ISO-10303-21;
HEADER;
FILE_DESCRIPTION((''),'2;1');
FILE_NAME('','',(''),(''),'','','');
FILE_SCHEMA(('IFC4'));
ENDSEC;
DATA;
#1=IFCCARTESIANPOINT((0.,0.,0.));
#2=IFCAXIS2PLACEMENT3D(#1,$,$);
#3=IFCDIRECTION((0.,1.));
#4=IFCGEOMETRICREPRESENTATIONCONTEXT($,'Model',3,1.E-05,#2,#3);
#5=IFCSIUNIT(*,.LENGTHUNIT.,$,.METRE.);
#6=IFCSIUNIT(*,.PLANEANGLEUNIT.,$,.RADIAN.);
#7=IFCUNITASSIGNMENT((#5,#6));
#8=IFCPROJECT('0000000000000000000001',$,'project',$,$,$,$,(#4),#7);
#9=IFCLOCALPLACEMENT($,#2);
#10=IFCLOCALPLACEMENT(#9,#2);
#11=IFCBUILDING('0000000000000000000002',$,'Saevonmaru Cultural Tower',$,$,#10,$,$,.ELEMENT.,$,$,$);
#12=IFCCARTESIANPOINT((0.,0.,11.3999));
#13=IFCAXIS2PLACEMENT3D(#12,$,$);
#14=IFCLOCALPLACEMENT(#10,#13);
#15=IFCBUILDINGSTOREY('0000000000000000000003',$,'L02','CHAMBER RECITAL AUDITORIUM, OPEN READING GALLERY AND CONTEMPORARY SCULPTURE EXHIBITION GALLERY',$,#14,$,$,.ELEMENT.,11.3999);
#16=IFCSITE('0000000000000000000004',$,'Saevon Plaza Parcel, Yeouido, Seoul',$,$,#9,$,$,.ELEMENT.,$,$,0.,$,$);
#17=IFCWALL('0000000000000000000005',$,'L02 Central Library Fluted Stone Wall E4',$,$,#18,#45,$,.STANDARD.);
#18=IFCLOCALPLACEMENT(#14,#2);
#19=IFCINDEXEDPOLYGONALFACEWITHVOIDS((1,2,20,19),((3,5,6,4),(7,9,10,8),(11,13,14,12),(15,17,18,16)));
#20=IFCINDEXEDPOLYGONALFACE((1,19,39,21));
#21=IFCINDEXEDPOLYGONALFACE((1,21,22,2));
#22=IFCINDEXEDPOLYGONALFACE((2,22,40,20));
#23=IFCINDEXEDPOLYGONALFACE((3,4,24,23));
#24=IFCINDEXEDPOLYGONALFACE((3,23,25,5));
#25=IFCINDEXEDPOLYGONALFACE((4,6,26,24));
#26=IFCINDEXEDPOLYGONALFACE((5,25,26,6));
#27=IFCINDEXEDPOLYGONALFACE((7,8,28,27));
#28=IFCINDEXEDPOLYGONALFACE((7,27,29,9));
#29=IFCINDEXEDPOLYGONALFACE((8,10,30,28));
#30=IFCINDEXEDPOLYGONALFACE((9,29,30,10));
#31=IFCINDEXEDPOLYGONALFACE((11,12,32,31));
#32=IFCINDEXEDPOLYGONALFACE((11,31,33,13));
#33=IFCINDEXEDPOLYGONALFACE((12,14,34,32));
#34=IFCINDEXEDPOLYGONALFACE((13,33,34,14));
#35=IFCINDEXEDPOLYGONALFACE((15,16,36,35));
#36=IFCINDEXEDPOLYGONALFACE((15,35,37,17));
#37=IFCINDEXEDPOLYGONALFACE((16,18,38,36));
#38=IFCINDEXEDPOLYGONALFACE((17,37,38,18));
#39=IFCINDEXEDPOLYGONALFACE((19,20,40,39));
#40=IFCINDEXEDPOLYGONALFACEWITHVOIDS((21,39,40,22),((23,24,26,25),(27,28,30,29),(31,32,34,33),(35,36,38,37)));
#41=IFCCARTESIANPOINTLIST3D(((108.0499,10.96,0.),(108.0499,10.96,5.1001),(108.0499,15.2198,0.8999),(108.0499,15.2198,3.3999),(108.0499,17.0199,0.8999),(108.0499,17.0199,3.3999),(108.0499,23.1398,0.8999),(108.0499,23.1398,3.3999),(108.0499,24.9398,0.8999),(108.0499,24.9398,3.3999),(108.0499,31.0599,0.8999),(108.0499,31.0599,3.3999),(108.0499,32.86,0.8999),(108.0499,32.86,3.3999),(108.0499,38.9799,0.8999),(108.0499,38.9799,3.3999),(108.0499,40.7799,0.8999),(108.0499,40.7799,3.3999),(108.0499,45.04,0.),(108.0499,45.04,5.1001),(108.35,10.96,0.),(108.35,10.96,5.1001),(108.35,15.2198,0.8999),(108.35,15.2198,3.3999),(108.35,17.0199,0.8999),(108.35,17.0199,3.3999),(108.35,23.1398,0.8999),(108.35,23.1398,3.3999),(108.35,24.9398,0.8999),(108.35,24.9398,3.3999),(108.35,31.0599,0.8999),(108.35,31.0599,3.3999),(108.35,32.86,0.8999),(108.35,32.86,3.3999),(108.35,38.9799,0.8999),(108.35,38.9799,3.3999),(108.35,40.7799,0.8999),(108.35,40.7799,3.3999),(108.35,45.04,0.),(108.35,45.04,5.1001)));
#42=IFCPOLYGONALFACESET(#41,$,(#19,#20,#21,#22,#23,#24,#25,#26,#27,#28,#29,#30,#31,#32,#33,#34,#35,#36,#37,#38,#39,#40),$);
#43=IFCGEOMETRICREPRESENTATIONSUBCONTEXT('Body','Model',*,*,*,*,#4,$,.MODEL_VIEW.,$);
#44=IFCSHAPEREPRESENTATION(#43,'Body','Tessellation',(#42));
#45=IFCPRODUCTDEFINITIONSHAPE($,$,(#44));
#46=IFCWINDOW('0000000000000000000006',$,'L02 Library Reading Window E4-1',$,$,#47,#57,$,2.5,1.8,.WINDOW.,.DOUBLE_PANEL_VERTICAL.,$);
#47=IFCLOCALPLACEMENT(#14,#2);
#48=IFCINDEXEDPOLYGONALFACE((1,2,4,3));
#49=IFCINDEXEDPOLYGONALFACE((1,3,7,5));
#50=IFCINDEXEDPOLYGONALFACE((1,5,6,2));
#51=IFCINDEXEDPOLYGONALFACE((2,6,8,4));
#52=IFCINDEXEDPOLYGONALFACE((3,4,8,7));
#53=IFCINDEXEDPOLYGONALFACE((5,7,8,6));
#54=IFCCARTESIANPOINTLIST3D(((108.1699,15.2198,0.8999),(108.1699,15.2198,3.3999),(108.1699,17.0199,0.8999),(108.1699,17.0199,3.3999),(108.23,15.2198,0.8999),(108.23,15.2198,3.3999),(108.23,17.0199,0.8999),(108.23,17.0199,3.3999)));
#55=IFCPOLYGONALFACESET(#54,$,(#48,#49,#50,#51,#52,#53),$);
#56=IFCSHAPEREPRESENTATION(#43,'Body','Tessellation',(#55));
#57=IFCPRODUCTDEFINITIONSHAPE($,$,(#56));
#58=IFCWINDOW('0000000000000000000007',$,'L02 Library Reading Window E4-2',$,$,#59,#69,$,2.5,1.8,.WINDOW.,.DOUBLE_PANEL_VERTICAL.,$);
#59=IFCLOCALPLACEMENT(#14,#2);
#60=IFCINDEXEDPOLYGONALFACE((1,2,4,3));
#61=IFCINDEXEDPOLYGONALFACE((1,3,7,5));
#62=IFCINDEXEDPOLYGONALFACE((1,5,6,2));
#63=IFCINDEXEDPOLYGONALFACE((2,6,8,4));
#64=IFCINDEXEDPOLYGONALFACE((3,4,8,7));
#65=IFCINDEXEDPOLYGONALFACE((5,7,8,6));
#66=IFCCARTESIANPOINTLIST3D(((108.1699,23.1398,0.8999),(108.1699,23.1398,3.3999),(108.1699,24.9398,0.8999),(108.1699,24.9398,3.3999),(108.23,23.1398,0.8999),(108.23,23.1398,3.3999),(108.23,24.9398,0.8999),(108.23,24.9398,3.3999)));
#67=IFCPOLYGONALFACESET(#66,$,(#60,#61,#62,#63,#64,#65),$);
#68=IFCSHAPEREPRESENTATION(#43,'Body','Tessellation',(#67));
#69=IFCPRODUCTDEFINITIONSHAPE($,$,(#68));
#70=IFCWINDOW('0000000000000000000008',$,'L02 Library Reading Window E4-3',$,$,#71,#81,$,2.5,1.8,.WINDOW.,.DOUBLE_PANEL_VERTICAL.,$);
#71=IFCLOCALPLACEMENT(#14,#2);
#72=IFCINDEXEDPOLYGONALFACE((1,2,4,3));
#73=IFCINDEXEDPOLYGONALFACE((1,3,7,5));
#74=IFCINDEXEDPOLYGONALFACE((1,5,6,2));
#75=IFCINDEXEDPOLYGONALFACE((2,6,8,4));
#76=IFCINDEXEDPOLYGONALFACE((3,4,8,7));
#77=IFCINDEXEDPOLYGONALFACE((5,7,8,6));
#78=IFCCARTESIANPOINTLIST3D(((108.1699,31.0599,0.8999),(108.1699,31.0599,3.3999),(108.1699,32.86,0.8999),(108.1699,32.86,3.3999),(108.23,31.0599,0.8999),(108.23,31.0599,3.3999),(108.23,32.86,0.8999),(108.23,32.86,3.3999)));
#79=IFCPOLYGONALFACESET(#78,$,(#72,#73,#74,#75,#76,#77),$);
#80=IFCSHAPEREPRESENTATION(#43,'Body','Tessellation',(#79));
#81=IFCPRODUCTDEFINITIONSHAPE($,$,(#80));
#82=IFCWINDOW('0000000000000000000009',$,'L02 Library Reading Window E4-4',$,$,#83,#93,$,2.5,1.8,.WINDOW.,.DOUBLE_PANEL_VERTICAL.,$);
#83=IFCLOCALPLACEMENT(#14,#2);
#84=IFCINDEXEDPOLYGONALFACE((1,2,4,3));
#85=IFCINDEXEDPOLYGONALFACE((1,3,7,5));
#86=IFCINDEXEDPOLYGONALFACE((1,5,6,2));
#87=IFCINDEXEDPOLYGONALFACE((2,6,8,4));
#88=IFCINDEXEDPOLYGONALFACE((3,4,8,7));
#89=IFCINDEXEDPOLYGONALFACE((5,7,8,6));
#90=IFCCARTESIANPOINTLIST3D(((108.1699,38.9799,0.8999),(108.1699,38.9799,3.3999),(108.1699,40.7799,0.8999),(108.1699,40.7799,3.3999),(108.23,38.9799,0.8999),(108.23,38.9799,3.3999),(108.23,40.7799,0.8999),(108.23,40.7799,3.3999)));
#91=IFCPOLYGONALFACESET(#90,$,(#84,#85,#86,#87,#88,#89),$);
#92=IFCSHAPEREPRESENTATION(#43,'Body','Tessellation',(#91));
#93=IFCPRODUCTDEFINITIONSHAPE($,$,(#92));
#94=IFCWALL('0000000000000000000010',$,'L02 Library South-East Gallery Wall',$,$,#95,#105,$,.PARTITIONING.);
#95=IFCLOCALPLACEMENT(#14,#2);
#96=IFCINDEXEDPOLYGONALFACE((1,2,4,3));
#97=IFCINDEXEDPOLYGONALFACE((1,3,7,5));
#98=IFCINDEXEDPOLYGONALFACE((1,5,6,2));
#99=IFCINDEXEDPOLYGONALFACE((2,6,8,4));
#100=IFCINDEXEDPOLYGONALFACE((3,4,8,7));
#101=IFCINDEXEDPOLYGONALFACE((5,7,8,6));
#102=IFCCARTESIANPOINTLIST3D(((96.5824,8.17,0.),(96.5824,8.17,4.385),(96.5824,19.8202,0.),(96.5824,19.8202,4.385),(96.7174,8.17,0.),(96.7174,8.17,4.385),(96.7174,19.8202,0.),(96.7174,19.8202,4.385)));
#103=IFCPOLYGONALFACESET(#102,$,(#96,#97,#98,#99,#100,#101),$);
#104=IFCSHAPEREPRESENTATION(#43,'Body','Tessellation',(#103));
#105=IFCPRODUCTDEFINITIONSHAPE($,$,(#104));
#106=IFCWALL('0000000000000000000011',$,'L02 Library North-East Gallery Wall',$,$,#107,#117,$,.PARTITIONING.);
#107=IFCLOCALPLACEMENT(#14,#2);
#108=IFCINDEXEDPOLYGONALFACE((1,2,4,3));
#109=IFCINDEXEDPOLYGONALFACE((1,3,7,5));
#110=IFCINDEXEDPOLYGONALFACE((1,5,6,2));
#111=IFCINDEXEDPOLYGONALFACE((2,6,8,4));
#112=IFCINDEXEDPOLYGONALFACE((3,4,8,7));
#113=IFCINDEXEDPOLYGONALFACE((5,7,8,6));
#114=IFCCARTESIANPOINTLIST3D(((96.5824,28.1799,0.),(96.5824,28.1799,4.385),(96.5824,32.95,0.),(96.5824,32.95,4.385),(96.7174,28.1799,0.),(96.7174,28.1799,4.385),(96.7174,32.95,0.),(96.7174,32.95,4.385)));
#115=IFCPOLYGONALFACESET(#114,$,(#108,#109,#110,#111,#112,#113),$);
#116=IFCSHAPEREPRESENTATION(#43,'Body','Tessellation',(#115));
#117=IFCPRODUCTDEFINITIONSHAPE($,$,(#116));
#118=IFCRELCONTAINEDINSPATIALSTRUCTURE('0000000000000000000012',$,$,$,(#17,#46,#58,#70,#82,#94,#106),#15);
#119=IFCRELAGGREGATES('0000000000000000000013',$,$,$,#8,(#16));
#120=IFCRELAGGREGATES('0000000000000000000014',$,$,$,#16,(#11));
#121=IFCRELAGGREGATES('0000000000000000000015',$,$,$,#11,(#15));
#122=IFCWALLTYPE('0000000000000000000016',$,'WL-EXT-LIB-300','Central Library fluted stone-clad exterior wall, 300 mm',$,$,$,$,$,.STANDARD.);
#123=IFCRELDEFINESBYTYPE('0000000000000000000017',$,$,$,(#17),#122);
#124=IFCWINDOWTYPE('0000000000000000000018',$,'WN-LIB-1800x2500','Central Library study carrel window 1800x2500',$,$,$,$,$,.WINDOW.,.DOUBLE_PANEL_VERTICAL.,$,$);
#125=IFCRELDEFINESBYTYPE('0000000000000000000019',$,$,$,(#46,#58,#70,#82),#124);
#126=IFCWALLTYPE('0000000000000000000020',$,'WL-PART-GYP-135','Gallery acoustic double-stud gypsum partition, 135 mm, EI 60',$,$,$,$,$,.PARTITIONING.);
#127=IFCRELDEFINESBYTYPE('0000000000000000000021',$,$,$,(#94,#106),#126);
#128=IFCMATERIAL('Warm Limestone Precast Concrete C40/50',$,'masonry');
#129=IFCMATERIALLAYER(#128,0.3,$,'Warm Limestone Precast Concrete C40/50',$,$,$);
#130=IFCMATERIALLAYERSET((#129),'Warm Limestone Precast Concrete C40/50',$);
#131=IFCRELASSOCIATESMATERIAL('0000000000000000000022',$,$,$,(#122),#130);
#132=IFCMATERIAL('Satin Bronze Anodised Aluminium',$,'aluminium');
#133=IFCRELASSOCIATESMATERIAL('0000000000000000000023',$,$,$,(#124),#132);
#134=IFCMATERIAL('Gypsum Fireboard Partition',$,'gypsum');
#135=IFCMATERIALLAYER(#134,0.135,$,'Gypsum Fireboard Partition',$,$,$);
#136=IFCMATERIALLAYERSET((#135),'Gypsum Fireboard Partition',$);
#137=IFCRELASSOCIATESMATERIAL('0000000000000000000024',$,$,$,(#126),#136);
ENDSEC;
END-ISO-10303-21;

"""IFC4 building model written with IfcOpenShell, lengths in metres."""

from ifc_helpers import new_model, si_unit, direction, frame, frame_2d, origin, place, context, subcontext, project, spatial, rectangle, extrude, material, layer, layer_set, type_object, element, fill, save


model = new_model("IFC4")

# Units and contexts
model_context = context("Model", 3, precision=1e-05, world=origin(), true_north=direction((0.0, 1.0)))
body_context = subcontext(model_context, "Body", "Model", "MODEL_VIEW")
ifc_project = project(units=[si_unit("LENGTHUNIT", "METRE"), si_unit("PLANEANGLEUNIT", "RADIAN")], contexts=[model_context])

# Site, building, storey
site_placement = place(None, origin())
site = spatial("IfcSite", under=ifc_project, at=site_placement, Name="Saevon Plaza Parcel, Yeouido, Seoul", CompositionType="ELEMENT", RefElevation=0.0)
building_placement = place(site_placement, origin())
building = spatial("IfcBuilding", under=site, at=building_placement, Name="Saevonmaru Cultural Tower", CompositionType="ELEMENT")
storey_placement = place(building_placement, frame((0.0, 0.0, 11.3999)))
storey = spatial("IfcBuildingStorey", under=building, at=storey_placement, Name="L02", Description="CHAMBER RECITAL AUDITORIUM, OPEN READING GALLERY AND CONTEMPORARY SCULPTURE EXHIBITION GALLERY", CompositionType="ELEMENT", Elevation=11.3999)

# Shared definitions
ifc_material_1 = material(Name="Warm Limestone Precast Concrete C40/50", Category="masonry")
ifc_layer_1 = layer(ifc_material_1, 0.3, Name="Warm Limestone Precast Concrete C40/50")
ifc_layer_set_1 = layer_set([ifc_layer_1], Name="Warm Limestone Precast Concrete C40/50")
wall_type_1 = type_object("IfcWallType", Name="WL-EXT-LIB-300", Description="Central Library fluted stone-clad exterior wall, 300 mm", PredefinedType="STANDARD", material=ifc_layer_set_1)

# Wall, openings, windows
wall_1_placement = place(storey_placement, frame((108.2, 10.96, 0.0), z_axis=(0.0, 0.0, 1.0), x_axis=(0.0, 1.0, 0.0)))
wall_1 = element("IfcWall", 1, at=wall_1_placement, inside=storey, type_object=wall_type_1, Name="L02 Central Library Fluted Stone Wall E4", PredefinedType="STANDARD", context=body_context, shape_type="SweptSolid", body=[
    extrude(rectangle(XDim=34.0801, YDim=0.3, at=frame_2d((17.04, 0.0))), origin(), (0.0, 0.0, 1.0), 5.1001),
])
opening_1_placement = place(wall_1_placement, frame((4.26, 0.0, 0.8999)))
opening_1 = element("IfcOpeningElement", 2, at=opening_1_placement, cuts=wall_1, PredefinedType="OPENING", context=body_context, shape_type="SweptSolid", body=[
    extrude(rectangle(XDim=1.8, YDim=2.5, at=frame_2d((0.8999, 1.25))), frame((0.0, 0.1602, 0.0), z_axis=(0.0, -1.0, 0.0), x_axis=(1.0, 0.0, 0.0)), (0.0, 0.0, 1.0), 0.3201),
])
opening_2_placement = place(wall_1_placement, frame((12.1799, 0.0, 0.8999)))
opening_2 = element("IfcOpeningElement", 3, at=opening_2_placement, cuts=wall_1, PredefinedType="OPENING", context=body_context, shape_type="SweptSolid", body=[
    extrude(rectangle(XDim=1.8, YDim=2.5, at=frame_2d((0.8999, 1.25))), frame((0.0, 0.1602, 0.0), z_axis=(0.0, -1.0, 0.0), x_axis=(1.0, 0.0, 0.0)), (0.0, 0.0, 1.0), 0.3201),
])
opening_3_placement = place(wall_1_placement, frame((20.1001, 0.0, 0.8999)))
opening_3 = element("IfcOpeningElement", 4, at=opening_3_placement, cuts=wall_1, PredefinedType="OPENING", context=body_context, shape_type="SweptSolid", body=[
    extrude(rectangle(XDim=1.8, YDim=2.5, at=frame_2d((0.8999, 1.25))), frame((0.0, 0.1602, 0.0), z_axis=(0.0, -1.0, 0.0), x_axis=(1.0, 0.0, 0.0)), (0.0, 0.0, 1.0), 0.3201),
])
opening_4_placement = place(wall_1_placement, frame((28.02, 0.0, 0.8999)))
opening_4 = element("IfcOpeningElement", 5, at=opening_4_placement, cuts=wall_1, PredefinedType="OPENING", context=body_context, shape_type="SweptSolid", body=[
    extrude(rectangle(XDim=1.8, YDim=2.5, at=frame_2d((0.8999, 1.25))), frame((0.0, 0.1602, 0.0), z_axis=(0.0, -1.0, 0.0), x_axis=(1.0, 0.0, 0.0)), (0.0, 0.0, 1.0), 0.3201),
])
ifc_material_2 = material(Name="Satin Bronze Anodised Aluminium", Category="aluminium")
window_type = type_object("IfcWindowType", Name="WN-LIB-1800x2500", Description="Central Library study carrel window 1800x2500", PartitioningType="DOUBLE_PANEL_VERTICAL", PredefinedType="WINDOW", material=ifc_material_2)
window_1_placement = place(opening_1_placement, origin())
window_1 = element("IfcWindow", 6, at=window_1_placement, inside=storey, type_object=window_type, Name="L02 Library Reading Window E4-1", OverallHeight=2.5, OverallWidth=1.8, PartitioningType="DOUBLE_PANEL_VERTICAL", PredefinedType="WINDOW", context=body_context, shape_type="SweptSolid", body=[
    extrude(rectangle(XDim=1.8, YDim=2.5, at=frame_2d((0.8999, 1.25))), frame((0.0, 0.03, 0.0), z_axis=(0.0, -1.0, 0.0), x_axis=(1.0, 0.0, 0.0)), (0.0, 0.0, 1.0), 0.0601),
])
fill(opening_1, window_1)
window_2_placement = place(opening_2_placement, origin())
window_2 = element("IfcWindow", 7, at=window_2_placement, inside=storey, type_object=window_type, Name="L02 Library Reading Window E4-2", OverallHeight=2.5, OverallWidth=1.8, PartitioningType="DOUBLE_PANEL_VERTICAL", PredefinedType="WINDOW", context=body_context, shape_type="SweptSolid", body=[
    extrude(rectangle(XDim=1.8, YDim=2.5, at=frame_2d((0.8999, 1.25))), frame((0.0, 0.03, 0.0), z_axis=(0.0, -1.0, 0.0), x_axis=(1.0, 0.0, 0.0)), (0.0, 0.0, 1.0), 0.0601),
])
fill(opening_2, window_2)
window_3_placement = place(opening_3_placement, origin())
window_3 = element("IfcWindow", 8, at=window_3_placement, inside=storey, type_object=window_type, Name="L02 Library Reading Window E4-3", OverallHeight=2.5, OverallWidth=1.8, PartitioningType="DOUBLE_PANEL_VERTICAL", PredefinedType="WINDOW", context=body_context, shape_type="SweptSolid", body=[
    extrude(rectangle(XDim=1.8, YDim=2.5, at=frame_2d((0.8999, 1.25))), frame((0.0, 0.03, 0.0), z_axis=(0.0, -1.0, 0.0), x_axis=(1.0, 0.0, 0.0)), (0.0, 0.0, 1.0), 0.0601),
])
fill(opening_3, window_3)
window_4_placement = place(opening_4_placement, origin())
window_4 = element("IfcWindow", 9, at=window_4_placement, inside=storey, type_object=window_type, Name="L02 Library Reading Window E4-4", OverallHeight=2.5, OverallWidth=1.8, PartitioningType="DOUBLE_PANEL_VERTICAL", PredefinedType="WINDOW", context=body_context, shape_type="SweptSolid", body=[
    extrude(rectangle(XDim=1.8, YDim=2.5, at=frame_2d((0.8999, 1.25))), frame((0.0, 0.03, 0.0), z_axis=(0.0, -1.0, 0.0), x_axis=(1.0, 0.0, 0.0)), (0.0, 0.0, 1.0), 0.0601),
])
fill(opening_4, window_4)

# Walls
ifc_material_3 = material(Name="Gypsum Fireboard Partition", Category="gypsum")
ifc_layer_2 = layer(ifc_material_3, 0.135, Name="Gypsum Fireboard Partition")
ifc_layer_set_2 = layer_set([ifc_layer_2], Name="Gypsum Fireboard Partition")
wall_type_2 = type_object("IfcWallType", Name="WL-PART-GYP-135", Description="Gallery acoustic double-stud gypsum partition, 135 mm, EI 60", PredefinedType="PARTITIONING", material=ifc_layer_set_2)
wall_2_placement = place(storey_placement, frame((96.6499, 8.1699, 0.0), z_axis=(0.0, 0.0, 1.0), x_axis=(0.0, 1.0, 0.0)))
element("IfcWall", 10, at=wall_2_placement, inside=storey, type_object=wall_type_2, Name="L02 Library South-East Gallery Wall", PredefinedType="PARTITIONING", context=body_context, shape_type="SweptSolid", body=[
    extrude(rectangle(XDim=11.6501, YDim=0.135, at=frame_2d((5.8252, 0.0))), origin(), (0.0, 0.0, 1.0), 4.385),
])
wall_3_placement = place(storey_placement, frame((96.6499, 28.1799, 0.0), z_axis=(0.0, 0.0, 1.0), x_axis=(0.0, 1.0, 0.0)))
element("IfcWall", 11, at=wall_3_placement, inside=storey, type_object=wall_type_2, Name="L02 Library North-East Gallery Wall", PredefinedType="PARTITIONING", context=body_context, shape_type="SweptSolid", body=[
    extrude(rectangle(XDim=4.77, YDim=0.135, at=frame_2d((2.385, 0.0))), origin(), (0.0, 0.0, 1.0), 4.385),
])

save(model, "model.ifc")
